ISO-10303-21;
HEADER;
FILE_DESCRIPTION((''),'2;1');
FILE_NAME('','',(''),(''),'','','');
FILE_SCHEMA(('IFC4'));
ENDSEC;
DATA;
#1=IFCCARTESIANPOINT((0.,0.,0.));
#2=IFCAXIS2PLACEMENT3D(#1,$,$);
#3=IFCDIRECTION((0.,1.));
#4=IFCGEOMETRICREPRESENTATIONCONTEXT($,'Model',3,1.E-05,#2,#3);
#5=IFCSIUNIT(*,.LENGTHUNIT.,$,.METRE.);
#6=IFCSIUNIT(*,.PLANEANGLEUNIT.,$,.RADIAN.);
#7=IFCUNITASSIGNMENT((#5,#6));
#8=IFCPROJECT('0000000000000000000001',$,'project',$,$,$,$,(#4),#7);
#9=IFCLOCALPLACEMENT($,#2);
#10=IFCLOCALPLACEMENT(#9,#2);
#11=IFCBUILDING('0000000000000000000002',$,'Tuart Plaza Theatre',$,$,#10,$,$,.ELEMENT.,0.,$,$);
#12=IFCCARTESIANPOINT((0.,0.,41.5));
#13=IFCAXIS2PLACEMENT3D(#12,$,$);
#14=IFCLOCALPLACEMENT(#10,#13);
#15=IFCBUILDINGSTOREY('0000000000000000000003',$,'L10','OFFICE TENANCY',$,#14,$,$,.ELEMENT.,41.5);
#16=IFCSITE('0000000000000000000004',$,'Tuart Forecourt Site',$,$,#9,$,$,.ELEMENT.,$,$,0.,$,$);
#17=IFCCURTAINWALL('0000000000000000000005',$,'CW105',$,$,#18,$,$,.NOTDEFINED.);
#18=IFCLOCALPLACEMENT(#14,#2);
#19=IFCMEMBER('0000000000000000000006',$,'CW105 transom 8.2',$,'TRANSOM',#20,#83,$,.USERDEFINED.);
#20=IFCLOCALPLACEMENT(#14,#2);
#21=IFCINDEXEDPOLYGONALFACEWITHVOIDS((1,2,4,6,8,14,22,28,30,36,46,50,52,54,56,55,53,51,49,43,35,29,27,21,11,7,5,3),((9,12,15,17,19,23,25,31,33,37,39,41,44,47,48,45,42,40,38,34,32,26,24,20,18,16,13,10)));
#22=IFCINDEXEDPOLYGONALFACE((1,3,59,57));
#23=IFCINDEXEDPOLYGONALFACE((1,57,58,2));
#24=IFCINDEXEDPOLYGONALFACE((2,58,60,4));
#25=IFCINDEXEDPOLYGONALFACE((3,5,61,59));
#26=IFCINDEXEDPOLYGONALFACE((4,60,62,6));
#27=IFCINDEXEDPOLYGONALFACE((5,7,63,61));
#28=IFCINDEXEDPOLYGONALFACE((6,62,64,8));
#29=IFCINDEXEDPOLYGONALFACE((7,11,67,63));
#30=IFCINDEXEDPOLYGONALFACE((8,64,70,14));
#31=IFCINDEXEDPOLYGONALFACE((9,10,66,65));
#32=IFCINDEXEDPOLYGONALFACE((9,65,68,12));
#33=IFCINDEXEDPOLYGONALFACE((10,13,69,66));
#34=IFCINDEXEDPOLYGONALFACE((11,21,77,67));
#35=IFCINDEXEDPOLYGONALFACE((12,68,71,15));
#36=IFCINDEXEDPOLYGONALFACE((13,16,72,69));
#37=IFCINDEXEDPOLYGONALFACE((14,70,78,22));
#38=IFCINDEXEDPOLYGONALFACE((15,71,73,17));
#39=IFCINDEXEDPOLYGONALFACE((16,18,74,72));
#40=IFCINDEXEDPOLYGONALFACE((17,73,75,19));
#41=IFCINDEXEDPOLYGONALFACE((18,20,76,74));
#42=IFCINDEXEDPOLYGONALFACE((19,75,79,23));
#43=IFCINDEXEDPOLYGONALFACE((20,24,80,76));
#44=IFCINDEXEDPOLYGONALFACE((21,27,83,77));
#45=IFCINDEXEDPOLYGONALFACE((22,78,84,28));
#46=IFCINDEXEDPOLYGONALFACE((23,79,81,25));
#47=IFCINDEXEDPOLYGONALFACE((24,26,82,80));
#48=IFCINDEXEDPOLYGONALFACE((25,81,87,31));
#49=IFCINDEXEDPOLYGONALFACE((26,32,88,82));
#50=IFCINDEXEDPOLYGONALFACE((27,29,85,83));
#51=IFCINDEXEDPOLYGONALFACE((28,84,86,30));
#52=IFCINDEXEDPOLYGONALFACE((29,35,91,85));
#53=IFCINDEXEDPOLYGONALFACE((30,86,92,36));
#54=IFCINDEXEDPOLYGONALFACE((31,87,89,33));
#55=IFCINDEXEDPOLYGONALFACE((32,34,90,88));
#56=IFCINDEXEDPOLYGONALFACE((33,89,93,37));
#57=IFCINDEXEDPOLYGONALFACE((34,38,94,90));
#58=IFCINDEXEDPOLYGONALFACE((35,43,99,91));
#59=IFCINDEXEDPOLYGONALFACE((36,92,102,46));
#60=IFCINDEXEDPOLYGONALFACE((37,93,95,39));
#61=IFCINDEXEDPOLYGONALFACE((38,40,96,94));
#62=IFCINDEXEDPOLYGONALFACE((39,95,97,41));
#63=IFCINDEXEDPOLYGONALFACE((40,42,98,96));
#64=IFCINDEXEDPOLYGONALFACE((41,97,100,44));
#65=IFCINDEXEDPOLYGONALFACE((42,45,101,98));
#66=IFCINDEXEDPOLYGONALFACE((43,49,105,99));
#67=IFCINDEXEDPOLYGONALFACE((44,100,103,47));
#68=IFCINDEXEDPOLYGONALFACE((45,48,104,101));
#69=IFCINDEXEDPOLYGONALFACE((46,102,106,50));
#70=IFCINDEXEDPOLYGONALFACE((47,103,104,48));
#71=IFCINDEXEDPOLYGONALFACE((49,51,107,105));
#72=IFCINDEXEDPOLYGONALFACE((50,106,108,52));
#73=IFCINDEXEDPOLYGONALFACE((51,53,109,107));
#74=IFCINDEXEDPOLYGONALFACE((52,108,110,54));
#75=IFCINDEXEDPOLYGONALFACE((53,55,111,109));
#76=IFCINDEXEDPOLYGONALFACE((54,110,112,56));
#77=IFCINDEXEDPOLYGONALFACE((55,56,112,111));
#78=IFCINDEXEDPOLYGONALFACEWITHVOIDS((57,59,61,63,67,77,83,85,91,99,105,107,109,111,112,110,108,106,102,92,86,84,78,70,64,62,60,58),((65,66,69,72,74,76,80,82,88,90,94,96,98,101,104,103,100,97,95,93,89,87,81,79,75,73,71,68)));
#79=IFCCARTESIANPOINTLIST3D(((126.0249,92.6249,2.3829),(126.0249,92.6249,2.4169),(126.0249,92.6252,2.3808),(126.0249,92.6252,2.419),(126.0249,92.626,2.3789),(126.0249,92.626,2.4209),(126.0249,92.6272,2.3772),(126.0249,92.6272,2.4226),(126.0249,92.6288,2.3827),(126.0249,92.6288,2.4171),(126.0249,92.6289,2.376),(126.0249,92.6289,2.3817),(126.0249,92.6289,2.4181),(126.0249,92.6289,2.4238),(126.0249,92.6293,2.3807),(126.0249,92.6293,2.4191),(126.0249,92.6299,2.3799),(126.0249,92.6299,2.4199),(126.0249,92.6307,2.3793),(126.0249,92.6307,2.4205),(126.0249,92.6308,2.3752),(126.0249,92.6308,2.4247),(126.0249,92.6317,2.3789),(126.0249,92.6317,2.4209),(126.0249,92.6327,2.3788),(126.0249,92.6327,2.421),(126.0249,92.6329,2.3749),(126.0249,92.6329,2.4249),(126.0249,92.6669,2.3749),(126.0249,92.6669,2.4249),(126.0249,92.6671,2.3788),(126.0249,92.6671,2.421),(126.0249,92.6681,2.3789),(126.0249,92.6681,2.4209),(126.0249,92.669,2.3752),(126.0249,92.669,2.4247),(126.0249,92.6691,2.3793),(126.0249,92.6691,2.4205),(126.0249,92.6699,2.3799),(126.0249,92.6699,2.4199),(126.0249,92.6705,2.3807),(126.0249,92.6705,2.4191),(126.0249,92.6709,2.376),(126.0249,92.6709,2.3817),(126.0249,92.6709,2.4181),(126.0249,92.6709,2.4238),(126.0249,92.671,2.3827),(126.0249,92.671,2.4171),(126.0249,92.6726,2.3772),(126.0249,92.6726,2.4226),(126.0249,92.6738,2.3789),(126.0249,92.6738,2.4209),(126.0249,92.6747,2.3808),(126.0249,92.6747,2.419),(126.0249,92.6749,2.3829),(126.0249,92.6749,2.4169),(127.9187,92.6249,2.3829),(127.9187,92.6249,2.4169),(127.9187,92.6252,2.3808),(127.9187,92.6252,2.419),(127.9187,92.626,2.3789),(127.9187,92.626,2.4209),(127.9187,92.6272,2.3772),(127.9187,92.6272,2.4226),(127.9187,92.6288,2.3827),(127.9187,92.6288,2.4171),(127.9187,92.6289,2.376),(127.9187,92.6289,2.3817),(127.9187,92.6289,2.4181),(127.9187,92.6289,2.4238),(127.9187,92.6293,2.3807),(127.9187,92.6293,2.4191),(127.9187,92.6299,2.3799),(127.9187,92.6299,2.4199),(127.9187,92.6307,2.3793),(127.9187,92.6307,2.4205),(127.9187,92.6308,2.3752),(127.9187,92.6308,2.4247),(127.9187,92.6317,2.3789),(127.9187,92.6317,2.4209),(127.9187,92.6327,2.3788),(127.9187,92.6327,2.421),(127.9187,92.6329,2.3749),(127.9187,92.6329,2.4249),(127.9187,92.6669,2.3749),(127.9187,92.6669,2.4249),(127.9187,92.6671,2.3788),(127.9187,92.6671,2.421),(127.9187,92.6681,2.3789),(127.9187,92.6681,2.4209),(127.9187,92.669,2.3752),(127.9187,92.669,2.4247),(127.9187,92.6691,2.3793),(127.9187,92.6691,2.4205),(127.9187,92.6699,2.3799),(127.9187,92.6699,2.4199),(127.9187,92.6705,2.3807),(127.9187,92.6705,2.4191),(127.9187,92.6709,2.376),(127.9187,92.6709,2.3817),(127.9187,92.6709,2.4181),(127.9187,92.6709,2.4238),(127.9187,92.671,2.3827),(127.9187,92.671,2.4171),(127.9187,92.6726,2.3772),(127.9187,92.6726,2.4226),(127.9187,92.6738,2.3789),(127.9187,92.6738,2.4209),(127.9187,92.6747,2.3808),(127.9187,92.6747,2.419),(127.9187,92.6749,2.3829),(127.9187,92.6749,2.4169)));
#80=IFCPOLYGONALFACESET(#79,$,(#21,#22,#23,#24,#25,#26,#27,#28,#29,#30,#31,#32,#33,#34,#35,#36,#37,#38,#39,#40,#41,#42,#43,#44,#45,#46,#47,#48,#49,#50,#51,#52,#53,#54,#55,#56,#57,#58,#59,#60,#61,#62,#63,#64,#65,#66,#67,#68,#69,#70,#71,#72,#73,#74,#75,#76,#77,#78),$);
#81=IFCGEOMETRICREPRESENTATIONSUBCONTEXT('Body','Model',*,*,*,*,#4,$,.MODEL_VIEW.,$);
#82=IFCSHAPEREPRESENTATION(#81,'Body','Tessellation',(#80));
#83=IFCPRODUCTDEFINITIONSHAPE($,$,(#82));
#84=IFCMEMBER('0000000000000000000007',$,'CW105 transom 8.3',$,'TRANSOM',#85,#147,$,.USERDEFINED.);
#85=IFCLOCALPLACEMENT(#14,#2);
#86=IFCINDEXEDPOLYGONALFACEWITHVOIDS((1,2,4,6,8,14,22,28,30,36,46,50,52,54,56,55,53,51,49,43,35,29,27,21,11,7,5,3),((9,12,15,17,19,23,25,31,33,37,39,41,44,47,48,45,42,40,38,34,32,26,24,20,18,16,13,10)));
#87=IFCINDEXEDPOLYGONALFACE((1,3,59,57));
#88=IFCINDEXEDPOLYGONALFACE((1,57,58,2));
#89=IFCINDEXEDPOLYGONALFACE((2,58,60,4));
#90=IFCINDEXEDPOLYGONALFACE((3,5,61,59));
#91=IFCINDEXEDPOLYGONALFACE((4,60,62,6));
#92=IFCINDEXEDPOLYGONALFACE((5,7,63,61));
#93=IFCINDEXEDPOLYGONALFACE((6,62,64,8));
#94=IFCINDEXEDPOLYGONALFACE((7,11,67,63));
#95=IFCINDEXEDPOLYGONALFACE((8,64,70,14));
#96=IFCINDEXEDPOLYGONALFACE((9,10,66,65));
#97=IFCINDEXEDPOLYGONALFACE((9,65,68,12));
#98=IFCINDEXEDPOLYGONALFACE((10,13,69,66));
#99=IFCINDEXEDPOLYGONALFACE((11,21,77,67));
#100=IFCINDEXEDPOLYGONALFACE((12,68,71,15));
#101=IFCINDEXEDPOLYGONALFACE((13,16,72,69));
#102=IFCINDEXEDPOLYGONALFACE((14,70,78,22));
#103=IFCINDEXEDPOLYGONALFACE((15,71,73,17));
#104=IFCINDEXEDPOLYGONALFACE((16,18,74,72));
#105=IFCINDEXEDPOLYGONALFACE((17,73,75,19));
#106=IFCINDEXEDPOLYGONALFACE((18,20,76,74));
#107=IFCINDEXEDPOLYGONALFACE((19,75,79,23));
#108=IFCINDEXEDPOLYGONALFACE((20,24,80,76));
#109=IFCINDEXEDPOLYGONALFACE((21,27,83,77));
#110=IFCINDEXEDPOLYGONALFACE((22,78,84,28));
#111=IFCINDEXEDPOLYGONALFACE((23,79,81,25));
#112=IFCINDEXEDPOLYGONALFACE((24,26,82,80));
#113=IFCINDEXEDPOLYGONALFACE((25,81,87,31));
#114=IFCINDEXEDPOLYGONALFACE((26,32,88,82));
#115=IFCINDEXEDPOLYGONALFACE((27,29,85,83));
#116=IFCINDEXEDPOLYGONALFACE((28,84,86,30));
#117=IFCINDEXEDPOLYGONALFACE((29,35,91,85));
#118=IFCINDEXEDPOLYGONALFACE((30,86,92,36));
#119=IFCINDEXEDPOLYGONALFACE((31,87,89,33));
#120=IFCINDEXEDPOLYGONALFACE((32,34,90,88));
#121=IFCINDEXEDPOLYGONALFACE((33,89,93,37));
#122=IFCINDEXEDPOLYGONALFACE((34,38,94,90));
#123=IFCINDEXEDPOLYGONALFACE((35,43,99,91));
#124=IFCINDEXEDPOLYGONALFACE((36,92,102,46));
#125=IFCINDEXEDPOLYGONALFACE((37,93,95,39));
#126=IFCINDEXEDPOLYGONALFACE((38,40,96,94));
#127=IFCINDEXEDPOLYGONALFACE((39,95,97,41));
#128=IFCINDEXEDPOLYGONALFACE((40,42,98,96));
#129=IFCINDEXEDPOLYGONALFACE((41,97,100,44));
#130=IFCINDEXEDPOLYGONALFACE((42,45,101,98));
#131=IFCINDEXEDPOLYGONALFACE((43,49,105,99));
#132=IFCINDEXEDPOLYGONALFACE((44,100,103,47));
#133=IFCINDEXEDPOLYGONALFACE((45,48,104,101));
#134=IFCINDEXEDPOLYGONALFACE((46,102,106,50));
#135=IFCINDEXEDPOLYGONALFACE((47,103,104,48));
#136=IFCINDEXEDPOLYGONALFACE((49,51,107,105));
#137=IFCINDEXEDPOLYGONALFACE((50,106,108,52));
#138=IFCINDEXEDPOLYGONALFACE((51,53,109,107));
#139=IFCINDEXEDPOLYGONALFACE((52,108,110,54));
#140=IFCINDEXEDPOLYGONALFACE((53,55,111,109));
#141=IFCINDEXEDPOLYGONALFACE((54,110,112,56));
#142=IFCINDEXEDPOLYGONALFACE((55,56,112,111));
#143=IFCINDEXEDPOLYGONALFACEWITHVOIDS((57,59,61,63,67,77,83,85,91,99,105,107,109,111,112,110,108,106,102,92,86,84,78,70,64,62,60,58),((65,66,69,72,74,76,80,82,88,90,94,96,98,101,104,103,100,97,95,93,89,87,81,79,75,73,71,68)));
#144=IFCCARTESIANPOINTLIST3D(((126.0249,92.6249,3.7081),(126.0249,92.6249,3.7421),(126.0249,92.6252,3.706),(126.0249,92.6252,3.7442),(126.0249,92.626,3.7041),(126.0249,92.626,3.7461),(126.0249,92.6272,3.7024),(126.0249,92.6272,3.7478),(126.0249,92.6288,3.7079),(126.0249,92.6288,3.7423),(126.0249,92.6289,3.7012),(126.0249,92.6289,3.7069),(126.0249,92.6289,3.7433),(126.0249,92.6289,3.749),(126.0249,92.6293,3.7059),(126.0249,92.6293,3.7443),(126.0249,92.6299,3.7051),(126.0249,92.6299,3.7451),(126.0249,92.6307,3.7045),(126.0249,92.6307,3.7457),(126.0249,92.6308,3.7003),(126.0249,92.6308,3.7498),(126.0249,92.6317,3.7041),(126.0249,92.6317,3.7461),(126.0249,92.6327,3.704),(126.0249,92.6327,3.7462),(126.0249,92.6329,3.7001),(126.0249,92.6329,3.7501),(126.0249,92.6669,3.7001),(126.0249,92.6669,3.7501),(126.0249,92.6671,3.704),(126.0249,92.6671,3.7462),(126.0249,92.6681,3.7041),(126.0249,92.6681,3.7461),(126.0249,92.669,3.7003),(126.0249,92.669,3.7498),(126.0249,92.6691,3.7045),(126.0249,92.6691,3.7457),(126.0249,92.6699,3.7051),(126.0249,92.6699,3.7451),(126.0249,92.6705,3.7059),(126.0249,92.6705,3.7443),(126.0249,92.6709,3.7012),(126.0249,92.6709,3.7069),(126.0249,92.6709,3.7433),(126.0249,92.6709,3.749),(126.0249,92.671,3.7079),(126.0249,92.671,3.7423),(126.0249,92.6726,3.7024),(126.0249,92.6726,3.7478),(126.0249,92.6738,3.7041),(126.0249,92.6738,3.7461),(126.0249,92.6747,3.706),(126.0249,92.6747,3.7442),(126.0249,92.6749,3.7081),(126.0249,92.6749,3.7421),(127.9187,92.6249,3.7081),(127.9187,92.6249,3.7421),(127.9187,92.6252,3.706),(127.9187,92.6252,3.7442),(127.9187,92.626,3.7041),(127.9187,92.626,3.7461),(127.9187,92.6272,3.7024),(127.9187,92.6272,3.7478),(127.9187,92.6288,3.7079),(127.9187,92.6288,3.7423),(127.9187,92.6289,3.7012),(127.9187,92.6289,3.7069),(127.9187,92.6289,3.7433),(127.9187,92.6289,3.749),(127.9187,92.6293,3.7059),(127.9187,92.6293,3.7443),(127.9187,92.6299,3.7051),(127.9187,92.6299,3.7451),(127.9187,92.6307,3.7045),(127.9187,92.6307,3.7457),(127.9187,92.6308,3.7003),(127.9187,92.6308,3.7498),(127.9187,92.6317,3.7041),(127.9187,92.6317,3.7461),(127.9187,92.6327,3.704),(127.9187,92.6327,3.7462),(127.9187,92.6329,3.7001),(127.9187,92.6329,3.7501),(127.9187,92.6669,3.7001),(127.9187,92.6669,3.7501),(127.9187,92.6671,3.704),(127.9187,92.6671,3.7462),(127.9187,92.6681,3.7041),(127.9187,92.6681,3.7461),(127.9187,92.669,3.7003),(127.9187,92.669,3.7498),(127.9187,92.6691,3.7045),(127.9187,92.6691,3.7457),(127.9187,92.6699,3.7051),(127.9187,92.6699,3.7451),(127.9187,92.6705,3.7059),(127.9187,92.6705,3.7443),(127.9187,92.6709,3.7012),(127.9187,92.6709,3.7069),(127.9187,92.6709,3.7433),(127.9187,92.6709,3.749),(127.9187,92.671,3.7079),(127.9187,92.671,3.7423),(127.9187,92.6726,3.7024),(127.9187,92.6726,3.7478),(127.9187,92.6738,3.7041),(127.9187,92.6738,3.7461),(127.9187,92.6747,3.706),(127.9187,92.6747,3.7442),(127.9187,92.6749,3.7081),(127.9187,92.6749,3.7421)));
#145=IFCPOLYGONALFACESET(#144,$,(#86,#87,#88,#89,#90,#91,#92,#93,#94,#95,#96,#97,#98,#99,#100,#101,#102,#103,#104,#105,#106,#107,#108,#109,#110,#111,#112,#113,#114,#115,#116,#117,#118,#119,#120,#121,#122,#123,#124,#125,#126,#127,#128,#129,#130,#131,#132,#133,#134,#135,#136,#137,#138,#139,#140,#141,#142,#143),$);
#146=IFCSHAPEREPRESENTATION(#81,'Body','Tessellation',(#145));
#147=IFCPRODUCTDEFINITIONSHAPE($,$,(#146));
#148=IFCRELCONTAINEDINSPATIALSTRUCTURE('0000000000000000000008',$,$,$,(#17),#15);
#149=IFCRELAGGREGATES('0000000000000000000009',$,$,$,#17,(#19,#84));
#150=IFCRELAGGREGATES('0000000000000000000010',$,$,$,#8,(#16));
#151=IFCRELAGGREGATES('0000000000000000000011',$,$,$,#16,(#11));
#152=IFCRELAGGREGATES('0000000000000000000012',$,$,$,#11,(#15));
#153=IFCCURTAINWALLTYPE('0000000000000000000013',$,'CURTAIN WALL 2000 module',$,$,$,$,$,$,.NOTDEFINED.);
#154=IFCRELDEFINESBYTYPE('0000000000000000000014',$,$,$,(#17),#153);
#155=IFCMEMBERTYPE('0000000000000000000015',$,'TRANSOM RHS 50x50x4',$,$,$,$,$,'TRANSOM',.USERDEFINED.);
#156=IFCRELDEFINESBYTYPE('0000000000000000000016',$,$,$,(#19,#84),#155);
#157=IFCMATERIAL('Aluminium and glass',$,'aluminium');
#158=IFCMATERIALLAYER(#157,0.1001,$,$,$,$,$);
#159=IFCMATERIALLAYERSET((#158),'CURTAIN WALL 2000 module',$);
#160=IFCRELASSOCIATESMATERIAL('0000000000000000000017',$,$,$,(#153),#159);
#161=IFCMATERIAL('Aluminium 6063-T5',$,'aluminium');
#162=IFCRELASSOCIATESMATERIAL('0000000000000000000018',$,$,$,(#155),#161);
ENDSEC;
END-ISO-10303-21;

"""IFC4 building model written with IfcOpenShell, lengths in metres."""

from ifc_helpers import new_model, si_unit, direction, frame, origin, origin_2d, place, context, subcontext, project, spatial, hollow_rectangle, extrude, material, layer, layer_set, material_profile, profile_set, type_object, element, aggregate, save


model = new_model("IFC4")

# Units and contexts
model_context = context("Model", 3, precision=1e-05, world=origin(), true_north=direction((0.0, 1.0)))
body_context = subcontext(model_context, "Body", "Model", "MODEL_VIEW")
ifc_project = project(units=[si_unit("LENGTHUNIT", "METRE"), si_unit("PLANEANGLEUNIT", "RADIAN")], contexts=[model_context])

# Site, building, storey
site_placement = place(None, origin())
site = spatial("IfcSite", under=ifc_project, at=site_placement, Name="Tuart Forecourt Site", CompositionType="ELEMENT", RefElevation=0.0)
building_placement = place(site_placement, origin())
building = spatial("IfcBuilding", under=site, at=building_placement, Name="Tuart Plaza Theatre", CompositionType="ELEMENT", ElevationOfRefHeight=0.0)
storey_placement = place(building_placement, frame((0.0, 0.0, 41.5)))
storey = spatial("IfcBuildingStorey", under=building, at=storey_placement, Name="L10", Description="OFFICE TENANCY", CompositionType="ELEMENT", Elevation=41.5)

# Curtain wall, members
ifc_material_1 = material(Name="Aluminium and glass", Category="aluminium")
ifc_layer_1 = layer(ifc_material_1, 0.1001)
ifc_layer_set_1 = layer_set([ifc_layer_1], Name="CURTAIN WALL 2000 module")
curtain_wall_type = type_object("IfcCurtainWallType", Name="CURTAIN WALL 2000 module", PredefinedType="NOTDEFINED", material=ifc_layer_set_1)
curtain_wall_placement = place(storey_placement, origin())
curtain_wall = element("IfcCurtainWall", 1, at=curtain_wall_placement, inside=storey, type_object=curtain_wall_type, Name="CW105", PredefinedType="NOTDEFINED")
ifc_material_2 = material(Name="Aluminium 6063-T5", Category="aluminium")
ifc_material_profile_1 = material_profile(ifc_material_2, hollow_rectangle(XDim=0.05, YDim=0.05, WallThickness=0.0039, InnerFilletRadius=0.0039, OuterFilletRadius=0.0081, at=origin_2d()), Name="RHS 50x50x4")
ifc_profile_set_1 = profile_set([ifc_material_profile_1], Name="Aluminium 6063-T5")
member_type_1 = type_object("IfcMemberType", Name="TRANSOM RHS 50x50x4", ElementType="TRANSOM", PredefinedType="USERDEFINED", material=ifc_profile_set_1)
member_1_placement = place(storey_placement, frame((127.9187, 92.6499, 2.3999), z_axis=(-1.0, 0.0, 0.0), x_axis=(0.0, -1.0, 0.0)))
member_1 = element("IfcMember", 2, at=member_1_placement, type_object=member_type_1, Name="CW105 transom 8.2", ObjectType="TRANSOM", PredefinedType="USERDEFINED", context=body_context, shape_type="SweptSolid", body=[
    extrude(hollow_rectangle(XDim=0.05, YDim=0.05, WallThickness=0.0039, InnerFilletRadius=0.0039, OuterFilletRadius=0.0081, at=origin_2d()), origin(), (0.0, 0.0, 1.0), 1.8938),
])
member_2_placement = place(storey_placement, frame((127.9187, 92.6499, 3.7251), z_axis=(-1.0, 0.0, 0.0), x_axis=(0.0, -1.0, 0.0)))
member_2 = element("IfcMember", 3, at=member_2_placement, type_object=member_type_1, Name="CW105 transom 8.3", ObjectType="TRANSOM", PredefinedType="USERDEFINED", context=body_context, shape_type="SweptSolid", body=[
    extrude(hollow_rectangle(XDim=0.05, YDim=0.05, WallThickness=0.0039, InnerFilletRadius=0.0039, OuterFilletRadius=0.0081, at=origin_2d()), origin(), (0.0, 0.0, 1.0), 1.8938),
])
aggregate(curtain_wall, [member_1, member_2])

save(model, "model.ifc")
